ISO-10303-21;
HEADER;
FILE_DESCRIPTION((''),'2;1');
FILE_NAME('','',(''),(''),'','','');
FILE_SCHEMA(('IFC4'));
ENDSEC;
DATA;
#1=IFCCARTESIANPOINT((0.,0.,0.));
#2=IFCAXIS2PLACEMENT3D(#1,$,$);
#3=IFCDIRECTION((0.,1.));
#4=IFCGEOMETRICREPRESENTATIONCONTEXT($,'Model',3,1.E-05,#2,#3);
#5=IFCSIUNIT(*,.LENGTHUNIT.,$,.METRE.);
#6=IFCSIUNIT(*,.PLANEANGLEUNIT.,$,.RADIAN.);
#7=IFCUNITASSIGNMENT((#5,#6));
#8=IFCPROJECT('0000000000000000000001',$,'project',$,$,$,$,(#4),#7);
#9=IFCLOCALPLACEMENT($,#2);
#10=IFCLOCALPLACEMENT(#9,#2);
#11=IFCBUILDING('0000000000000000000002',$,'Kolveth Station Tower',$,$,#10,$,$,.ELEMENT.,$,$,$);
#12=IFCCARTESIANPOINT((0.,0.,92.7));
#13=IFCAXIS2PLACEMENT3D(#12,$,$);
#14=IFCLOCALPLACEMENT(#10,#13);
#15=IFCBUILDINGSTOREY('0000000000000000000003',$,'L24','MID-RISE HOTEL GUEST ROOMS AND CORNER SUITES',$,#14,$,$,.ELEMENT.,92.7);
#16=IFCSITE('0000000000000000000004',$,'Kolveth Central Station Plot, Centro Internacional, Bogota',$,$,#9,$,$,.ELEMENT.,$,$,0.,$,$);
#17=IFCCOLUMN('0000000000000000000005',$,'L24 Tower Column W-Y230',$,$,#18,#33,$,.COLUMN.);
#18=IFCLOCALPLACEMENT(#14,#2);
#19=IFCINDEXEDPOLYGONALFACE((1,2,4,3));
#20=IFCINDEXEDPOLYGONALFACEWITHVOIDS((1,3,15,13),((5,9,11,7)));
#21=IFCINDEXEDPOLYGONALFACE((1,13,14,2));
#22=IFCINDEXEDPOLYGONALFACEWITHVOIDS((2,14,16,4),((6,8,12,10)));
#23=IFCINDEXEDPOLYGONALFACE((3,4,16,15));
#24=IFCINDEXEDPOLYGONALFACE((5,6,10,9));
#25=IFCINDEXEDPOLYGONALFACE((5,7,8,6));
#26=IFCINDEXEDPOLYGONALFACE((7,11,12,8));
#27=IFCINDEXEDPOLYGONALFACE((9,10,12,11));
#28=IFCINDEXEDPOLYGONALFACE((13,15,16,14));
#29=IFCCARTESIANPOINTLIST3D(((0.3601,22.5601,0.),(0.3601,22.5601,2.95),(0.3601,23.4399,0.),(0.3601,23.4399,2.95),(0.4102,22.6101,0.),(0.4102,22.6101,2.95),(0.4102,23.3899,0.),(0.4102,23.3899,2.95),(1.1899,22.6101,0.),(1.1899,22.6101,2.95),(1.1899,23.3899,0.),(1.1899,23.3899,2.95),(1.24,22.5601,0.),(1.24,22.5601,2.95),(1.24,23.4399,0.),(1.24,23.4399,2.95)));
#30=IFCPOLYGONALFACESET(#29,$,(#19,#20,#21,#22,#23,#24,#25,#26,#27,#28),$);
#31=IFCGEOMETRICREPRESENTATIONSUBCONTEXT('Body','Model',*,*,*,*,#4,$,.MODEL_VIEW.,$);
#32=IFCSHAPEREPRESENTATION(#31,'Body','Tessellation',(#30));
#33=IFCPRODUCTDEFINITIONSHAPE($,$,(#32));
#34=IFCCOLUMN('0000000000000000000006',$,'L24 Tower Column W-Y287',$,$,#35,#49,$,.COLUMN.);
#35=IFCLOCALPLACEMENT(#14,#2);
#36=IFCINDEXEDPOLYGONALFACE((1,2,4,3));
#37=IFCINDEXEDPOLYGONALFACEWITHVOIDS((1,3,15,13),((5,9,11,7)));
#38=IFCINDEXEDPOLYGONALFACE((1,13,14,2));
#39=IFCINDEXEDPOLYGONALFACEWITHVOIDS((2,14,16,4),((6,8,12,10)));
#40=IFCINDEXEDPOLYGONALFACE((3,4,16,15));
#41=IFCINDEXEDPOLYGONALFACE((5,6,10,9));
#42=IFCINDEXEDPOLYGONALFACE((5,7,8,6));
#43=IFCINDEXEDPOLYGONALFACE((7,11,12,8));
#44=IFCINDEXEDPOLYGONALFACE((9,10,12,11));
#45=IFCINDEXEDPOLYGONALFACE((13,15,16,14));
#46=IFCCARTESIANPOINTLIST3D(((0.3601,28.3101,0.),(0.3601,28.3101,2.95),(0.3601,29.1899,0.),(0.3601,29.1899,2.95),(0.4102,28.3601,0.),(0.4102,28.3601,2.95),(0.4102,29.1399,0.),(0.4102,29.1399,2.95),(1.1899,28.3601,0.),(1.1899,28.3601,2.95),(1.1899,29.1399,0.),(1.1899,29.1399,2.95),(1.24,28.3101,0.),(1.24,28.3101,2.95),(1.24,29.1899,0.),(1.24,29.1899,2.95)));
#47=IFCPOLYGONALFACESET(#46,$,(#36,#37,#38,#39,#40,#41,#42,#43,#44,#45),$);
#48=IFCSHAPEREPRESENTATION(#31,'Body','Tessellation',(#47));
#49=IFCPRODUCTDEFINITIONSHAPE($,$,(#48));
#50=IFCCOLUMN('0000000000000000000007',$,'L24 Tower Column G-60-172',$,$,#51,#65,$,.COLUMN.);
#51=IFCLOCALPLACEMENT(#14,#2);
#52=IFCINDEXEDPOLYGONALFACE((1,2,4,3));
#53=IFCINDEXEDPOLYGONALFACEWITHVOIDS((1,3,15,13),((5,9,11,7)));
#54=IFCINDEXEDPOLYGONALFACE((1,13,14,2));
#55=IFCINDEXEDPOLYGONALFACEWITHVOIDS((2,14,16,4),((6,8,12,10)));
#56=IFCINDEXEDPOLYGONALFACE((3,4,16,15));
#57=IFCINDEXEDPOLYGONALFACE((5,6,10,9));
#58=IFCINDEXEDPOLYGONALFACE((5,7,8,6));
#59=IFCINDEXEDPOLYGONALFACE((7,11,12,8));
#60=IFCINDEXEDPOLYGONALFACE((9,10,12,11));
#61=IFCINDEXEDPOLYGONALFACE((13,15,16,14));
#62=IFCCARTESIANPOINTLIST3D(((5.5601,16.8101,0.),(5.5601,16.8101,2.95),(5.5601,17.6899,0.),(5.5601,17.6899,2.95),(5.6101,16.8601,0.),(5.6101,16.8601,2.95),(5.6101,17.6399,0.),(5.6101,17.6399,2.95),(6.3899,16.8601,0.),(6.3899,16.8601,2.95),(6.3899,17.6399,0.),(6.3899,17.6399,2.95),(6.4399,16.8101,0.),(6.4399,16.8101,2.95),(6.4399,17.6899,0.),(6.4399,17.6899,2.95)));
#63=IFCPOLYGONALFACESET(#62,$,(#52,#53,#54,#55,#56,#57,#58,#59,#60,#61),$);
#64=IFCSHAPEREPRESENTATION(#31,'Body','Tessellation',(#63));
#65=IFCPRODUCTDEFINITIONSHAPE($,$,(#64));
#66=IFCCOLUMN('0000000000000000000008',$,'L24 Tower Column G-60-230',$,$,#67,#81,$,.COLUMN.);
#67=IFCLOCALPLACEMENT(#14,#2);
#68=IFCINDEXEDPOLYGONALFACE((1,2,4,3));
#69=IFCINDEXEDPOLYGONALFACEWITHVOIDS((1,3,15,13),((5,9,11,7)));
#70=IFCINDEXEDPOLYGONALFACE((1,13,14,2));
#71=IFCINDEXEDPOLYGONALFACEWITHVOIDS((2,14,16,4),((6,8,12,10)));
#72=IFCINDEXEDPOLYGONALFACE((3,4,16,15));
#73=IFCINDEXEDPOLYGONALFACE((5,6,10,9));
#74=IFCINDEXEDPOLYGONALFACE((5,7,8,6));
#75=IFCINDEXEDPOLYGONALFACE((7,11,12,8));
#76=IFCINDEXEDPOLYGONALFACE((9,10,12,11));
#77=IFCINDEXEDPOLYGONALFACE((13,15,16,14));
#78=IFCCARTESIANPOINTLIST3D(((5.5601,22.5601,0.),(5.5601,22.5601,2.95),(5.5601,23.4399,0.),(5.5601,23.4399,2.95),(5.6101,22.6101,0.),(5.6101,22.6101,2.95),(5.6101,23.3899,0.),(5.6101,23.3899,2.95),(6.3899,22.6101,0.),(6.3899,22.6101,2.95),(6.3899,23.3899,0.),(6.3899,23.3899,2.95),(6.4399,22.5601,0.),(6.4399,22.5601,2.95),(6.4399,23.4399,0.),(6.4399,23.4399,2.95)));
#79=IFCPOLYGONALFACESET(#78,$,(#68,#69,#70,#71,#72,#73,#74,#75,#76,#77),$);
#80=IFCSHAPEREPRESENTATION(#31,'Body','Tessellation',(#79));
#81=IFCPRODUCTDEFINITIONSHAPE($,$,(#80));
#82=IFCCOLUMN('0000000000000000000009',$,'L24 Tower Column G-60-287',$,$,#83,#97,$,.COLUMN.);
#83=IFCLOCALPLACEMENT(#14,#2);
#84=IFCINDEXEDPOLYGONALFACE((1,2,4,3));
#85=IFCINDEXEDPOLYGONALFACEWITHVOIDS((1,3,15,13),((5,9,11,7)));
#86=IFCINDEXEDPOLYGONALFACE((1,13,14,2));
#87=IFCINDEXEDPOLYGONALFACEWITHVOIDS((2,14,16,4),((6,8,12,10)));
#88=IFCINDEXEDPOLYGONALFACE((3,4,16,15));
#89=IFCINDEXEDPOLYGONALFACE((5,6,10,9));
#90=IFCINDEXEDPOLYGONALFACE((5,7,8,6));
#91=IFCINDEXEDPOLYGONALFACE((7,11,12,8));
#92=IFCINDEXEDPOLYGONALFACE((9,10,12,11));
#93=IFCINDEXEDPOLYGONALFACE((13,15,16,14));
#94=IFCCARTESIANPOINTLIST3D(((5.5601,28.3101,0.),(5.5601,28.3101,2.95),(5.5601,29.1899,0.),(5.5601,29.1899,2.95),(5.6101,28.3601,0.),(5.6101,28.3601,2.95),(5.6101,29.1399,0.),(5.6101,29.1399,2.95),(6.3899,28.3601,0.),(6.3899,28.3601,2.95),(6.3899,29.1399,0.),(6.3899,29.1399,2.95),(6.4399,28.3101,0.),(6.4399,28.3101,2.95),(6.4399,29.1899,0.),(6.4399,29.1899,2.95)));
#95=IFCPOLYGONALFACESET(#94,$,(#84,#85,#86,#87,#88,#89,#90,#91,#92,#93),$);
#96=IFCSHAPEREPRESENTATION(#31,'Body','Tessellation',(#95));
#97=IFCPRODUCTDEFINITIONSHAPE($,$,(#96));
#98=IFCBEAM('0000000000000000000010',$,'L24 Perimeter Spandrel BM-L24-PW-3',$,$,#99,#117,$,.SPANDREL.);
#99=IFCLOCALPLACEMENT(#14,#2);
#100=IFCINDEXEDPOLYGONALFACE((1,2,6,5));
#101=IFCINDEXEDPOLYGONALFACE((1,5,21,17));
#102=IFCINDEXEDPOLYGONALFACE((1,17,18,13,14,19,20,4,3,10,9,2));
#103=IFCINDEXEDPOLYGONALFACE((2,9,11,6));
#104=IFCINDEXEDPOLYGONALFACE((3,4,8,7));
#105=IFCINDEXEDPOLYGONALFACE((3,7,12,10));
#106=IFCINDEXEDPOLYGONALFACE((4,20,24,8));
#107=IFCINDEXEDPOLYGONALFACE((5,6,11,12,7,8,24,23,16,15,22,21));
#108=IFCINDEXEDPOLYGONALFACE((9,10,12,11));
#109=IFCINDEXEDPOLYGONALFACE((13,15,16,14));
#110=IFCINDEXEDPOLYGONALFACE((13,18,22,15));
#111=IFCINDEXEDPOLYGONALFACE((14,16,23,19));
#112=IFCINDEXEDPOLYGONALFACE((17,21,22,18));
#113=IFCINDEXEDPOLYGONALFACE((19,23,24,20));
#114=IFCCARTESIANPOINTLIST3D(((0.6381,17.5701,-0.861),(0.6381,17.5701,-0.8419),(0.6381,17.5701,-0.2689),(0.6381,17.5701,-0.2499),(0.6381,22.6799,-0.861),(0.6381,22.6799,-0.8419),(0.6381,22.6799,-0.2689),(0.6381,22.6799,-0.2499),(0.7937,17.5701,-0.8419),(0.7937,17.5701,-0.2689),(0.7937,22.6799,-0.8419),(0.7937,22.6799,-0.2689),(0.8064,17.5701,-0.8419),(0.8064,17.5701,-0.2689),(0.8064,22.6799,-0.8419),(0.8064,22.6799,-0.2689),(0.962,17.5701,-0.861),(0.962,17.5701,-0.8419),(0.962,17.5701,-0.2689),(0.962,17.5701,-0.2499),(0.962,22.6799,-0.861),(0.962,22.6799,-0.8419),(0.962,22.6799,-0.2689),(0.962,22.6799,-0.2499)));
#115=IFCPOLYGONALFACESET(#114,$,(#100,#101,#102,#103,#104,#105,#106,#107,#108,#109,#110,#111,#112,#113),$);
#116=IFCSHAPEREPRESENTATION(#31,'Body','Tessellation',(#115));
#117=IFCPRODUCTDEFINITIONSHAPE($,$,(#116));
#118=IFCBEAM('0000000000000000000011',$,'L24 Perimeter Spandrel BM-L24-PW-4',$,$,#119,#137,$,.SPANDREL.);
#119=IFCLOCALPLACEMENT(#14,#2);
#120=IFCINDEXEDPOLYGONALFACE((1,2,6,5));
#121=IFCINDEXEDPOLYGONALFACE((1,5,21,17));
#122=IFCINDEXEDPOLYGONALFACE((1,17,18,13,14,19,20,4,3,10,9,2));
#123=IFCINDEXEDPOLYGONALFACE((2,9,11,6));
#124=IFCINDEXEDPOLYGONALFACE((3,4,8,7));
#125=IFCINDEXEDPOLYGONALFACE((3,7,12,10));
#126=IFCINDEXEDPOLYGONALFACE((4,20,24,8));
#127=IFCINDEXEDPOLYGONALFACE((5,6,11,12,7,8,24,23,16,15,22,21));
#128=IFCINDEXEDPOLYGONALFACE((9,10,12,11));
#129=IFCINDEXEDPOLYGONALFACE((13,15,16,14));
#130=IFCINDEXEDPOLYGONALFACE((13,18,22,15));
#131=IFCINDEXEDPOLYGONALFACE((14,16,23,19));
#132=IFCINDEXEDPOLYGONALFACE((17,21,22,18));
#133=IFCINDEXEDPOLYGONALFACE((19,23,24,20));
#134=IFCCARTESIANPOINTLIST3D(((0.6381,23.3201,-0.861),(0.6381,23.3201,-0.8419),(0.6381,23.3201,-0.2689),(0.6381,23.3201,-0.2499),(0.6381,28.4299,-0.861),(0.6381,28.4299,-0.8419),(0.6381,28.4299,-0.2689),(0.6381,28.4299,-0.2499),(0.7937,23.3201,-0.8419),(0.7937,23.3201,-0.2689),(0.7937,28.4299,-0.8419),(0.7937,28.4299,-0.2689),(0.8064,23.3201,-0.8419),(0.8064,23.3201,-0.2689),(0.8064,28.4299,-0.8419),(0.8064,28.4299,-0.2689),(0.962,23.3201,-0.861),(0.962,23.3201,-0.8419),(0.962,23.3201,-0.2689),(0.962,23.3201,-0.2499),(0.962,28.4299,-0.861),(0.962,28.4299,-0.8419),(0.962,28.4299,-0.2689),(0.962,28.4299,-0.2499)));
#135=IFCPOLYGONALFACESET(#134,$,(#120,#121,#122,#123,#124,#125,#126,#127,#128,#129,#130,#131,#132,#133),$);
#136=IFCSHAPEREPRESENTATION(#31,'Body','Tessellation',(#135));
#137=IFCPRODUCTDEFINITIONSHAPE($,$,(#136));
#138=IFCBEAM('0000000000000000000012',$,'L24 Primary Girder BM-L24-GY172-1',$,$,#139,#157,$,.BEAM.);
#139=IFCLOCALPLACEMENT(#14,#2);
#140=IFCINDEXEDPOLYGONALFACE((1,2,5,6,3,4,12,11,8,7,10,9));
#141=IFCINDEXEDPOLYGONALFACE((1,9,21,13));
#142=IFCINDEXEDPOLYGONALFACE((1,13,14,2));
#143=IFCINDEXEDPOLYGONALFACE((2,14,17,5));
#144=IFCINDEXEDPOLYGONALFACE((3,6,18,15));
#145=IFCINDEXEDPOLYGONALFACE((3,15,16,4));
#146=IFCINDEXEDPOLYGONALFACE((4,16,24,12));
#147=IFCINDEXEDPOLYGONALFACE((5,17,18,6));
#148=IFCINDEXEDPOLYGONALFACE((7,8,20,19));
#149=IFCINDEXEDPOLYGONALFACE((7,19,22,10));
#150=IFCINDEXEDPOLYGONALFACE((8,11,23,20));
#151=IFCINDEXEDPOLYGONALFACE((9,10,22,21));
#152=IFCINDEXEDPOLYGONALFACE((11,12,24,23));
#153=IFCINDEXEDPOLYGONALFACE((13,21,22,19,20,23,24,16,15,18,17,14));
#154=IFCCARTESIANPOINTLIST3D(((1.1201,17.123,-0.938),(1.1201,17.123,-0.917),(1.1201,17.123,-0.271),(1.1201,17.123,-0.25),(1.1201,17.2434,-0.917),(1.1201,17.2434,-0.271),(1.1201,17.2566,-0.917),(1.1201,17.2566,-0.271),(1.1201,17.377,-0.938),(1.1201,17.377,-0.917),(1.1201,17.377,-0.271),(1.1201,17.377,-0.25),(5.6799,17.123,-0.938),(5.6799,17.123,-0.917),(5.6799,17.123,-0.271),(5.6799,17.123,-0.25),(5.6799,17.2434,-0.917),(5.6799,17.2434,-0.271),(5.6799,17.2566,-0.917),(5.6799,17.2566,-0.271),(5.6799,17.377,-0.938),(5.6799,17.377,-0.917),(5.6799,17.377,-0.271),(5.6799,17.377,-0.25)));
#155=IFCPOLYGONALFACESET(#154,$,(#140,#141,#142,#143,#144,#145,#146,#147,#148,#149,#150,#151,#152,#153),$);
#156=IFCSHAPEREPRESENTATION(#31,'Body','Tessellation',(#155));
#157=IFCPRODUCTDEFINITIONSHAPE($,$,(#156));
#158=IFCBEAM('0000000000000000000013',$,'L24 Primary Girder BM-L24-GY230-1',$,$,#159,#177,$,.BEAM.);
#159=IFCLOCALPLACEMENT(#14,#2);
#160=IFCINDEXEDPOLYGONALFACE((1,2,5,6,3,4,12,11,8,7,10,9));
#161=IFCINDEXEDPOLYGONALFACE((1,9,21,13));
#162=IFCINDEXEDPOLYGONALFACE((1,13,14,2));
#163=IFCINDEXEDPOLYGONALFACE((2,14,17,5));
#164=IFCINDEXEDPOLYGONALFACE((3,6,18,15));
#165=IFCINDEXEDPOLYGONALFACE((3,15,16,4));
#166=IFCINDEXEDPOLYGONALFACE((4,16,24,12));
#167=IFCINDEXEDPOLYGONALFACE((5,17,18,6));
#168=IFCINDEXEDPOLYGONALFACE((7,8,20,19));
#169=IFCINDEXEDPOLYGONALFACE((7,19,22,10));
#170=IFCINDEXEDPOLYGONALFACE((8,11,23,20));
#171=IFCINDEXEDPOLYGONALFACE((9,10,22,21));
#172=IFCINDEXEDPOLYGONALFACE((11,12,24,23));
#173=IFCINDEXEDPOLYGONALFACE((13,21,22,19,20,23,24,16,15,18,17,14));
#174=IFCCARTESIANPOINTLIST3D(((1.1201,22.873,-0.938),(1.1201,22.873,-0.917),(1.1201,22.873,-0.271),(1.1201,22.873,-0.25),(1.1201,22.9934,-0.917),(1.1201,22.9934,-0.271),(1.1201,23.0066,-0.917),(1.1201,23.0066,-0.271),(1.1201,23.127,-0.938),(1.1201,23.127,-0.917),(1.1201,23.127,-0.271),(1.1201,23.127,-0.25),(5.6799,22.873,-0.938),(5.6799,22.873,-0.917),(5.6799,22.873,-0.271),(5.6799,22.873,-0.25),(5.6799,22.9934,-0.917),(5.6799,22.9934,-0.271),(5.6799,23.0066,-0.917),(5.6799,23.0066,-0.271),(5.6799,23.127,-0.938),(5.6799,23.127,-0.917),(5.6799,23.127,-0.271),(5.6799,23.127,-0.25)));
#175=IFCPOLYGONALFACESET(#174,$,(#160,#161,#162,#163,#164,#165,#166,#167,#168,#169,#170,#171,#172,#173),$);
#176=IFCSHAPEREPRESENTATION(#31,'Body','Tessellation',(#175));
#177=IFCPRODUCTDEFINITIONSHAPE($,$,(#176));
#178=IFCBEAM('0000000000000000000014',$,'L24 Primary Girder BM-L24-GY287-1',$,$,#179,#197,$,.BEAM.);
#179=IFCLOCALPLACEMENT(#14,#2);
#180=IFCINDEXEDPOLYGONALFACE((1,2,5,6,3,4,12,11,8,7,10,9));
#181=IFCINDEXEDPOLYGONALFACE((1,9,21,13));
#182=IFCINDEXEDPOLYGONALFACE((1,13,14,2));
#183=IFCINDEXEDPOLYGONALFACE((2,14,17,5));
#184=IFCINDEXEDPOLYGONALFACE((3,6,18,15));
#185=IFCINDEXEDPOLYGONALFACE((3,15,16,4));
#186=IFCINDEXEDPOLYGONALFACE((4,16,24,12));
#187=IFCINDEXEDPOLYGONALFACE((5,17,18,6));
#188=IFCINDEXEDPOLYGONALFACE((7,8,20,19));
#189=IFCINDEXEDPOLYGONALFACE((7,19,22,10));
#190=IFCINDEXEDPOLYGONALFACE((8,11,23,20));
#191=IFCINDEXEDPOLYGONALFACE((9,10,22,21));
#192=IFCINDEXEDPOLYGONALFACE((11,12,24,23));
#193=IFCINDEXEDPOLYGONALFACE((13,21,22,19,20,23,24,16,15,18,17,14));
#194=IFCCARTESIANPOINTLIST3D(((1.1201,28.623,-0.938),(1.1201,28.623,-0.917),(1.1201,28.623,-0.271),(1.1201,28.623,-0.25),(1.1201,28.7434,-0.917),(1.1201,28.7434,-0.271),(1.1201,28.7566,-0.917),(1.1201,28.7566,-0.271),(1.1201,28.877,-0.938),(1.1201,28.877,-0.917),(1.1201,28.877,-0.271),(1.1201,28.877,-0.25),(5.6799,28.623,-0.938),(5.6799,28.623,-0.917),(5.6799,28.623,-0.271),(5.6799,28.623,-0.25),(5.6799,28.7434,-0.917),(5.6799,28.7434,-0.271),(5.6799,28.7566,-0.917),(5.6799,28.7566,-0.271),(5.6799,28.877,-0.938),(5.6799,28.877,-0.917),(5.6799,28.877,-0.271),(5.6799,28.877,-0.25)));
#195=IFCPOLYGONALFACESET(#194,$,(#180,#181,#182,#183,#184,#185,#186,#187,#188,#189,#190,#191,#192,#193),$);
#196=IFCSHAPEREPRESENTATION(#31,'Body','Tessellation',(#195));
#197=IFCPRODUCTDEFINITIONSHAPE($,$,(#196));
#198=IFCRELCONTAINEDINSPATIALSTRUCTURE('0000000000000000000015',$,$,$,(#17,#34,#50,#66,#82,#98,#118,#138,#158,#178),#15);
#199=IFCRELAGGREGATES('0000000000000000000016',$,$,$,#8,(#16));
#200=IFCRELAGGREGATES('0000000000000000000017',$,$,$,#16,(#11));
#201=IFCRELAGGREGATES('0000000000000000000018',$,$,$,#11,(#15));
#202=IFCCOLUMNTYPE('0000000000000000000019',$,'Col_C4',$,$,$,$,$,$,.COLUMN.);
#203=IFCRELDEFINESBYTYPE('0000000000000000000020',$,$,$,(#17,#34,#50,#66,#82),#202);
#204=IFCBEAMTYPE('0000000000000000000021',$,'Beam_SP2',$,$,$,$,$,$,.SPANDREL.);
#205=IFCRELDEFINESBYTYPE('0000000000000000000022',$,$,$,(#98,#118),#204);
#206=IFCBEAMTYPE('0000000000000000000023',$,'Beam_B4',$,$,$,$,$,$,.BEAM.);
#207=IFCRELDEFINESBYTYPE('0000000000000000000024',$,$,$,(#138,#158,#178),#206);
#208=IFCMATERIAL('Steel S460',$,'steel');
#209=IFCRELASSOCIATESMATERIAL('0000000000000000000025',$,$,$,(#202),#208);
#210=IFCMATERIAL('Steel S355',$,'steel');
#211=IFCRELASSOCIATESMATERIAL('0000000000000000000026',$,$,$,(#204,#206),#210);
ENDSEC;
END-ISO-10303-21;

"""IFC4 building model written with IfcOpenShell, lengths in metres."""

from ifc_helpers import new_model, si_unit, direction, frame, origin, origin_2d, place, context, subcontext, project, spatial, hollow_rectangle, i_section, extrude, source, transform, mapped, material, material_profile, profile_set, type_object, element, save


model = new_model("IFC4")

# Units and contexts
model_context = context("Model", 3, precision=1e-05, world=origin(), true_north=direction((0.0, 1.0)))
body_context = subcontext(model_context, "Body", "Model", "MODEL_VIEW")
ifc_project = project(units=[si_unit("LENGTHUNIT", "METRE"), si_unit("PLANEANGLEUNIT", "RADIAN")], contexts=[model_context])

# Site, building, storey
site_placement = place(None, origin())
site = spatial("IfcSite", under=ifc_project, at=site_placement, Name="Kolveth Central Station Plot, Centro Internacional, Bogota", CompositionType="ELEMENT", RefElevation=0.0)
building_placement = place(site_placement, origin())
building = spatial("IfcBuilding", under=site, at=building_placement, Name="Kolveth Station Tower", CompositionType="ELEMENT")
storey_placement = place(building_placement, frame((0.0, 0.0, 92.7)))
storey = spatial("IfcBuildingStorey", under=building, at=storey_placement, Name="L24", Description="MID-RISE HOTEL GUEST ROOMS AND CORNER SUITES", CompositionType="ELEMENT", Elevation=92.7)

# Columns
ifc_material_1 = material(Name="Steel S460", Category="steel")
ifc_material_profile_1 = material_profile(ifc_material_1, hollow_rectangle(XDim=0.8799, YDim=0.8799, WallThickness=0.05, at=origin_2d()), Name="BOX880x880x50")
ifc_profile_set_1 = profile_set([ifc_material_profile_1], Name="Steel S460")
column_type = type_object("IfcColumnType", Name="Col_C4", PredefinedType="COLUMN", material=ifc_profile_set_1)
shared_shape_1 = source(origin(), body_context, "Body", "SweptSolid", [
    extrude(hollow_rectangle(XDim=0.8799, YDim=0.8799, WallThickness=0.05, at=origin_2d()), origin(), (0.0, 0.0, 1.0), 2.95),
])
for number, where, z_axis, x_axis, name in (
    (1, (0.8, 23.0, 0.0), (0.0, 0.0, 1.0), (1.0, 0.0, 0.0), "L24 Tower Column W-Y230"),
    (2, (0.8, 28.75, 0.0), (0.0, 0.0, 1.0), (1.0, 0.0, 0.0), "L24 Tower Column W-Y287"),
    (3, (6.0, 17.25, 0.0), (0.0, 0.0, 1.0), (1.0, 0.0, 0.0), "L24 Tower Column G-60-172"),
    (4, (6.0, 23.0, 0.0), (0.0, 0.0, 1.0), (1.0, 0.0, 0.0), "L24 Tower Column G-60-230"),
    (5, (6.0, 28.75, 0.0), (0.0, 0.0, 1.0), (1.0, 0.0, 0.0), "L24 Tower Column G-60-287"),
):
    element("IfcColumn", number, at=place(storey_placement, frame(where, z_axis=z_axis, x_axis=x_axis)), inside=storey, type_object=column_type, Name=name, PredefinedType="COLUMN", context=body_context, shape_type="MappedRepresentation", body=[
        mapped(shared_shape_1, transform((0.0, 0.0, 0.0), x_axis=(1.0, 0.0, 0.0), y_axis=(0.0, 1.0, 0.0), z_axis=(0.0, 0.0, 1.0), scale=1.0)),
    ])

# Beams
ifc_material_2 = material(Name="Steel S355", Category="steel")
ifc_material_profile_2 = material_profile(ifc_material_2, i_section(OverallWidth=0.324, OverallDepth=0.6111, WebThickness=0.0127, FlangeThickness=0.019, at=origin_2d()), Name="W610x155")
ifc_profile_set_2 = profile_set([ifc_material_profile_2], Name="Steel S355")
beam_type_1 = type_object("IfcBeamType", Name="Beam_SP2", PredefinedType="SPANDREL", material=ifc_profile_set_2)
shared_shape_2 = source(origin(), body_context, "Body", "SweptSolid", [
    extrude(i_section(OverallWidth=0.324, OverallDepth=0.6111, WebThickness=0.0127, FlangeThickness=0.019, at=origin_2d()), origin(), (0.0, 0.0, 1.0), 5.1099),
])
for number, where, z_axis, x_axis, name in (
    (6, (0.8, 17.5701, -0.5554), (0.0, 1.0, 0.0), (-1.0, 0.0, 0.0), "L24 Perimeter Spandrel BM-L24-PW-3"),
    (7, (0.8, 23.3201, -0.5554), (0.0, 1.0, 0.0), (-1.0, 0.0, 0.0), "L24 Perimeter Spandrel BM-L24-PW-4"),
):
    element("IfcBeam", number, at=place(storey_placement, frame(where, z_axis=z_axis, x_axis=x_axis)), inside=storey, type_object=beam_type_1, Name=name, PredefinedType="SPANDREL", context=body_context, shape_type="MappedRepresentation", body=[
        mapped(shared_shape_2, transform((0.0, 0.0, 0.0), x_axis=(1.0, 0.0, 0.0), y_axis=(0.0, 1.0, 0.0), z_axis=(0.0, 0.0, 1.0), scale=1.0)),
    ])
ifc_material_profile_3 = material_profile(ifc_material_2, i_section(OverallWidth=0.2539, OverallDepth=0.688, WebThickness=0.0132, FlangeThickness=0.021, at=origin_2d()), Name="W690x152")
ifc_profile_set_3 = profile_set([ifc_material_profile_3], Name="Steel S355")
beam_type_2 = type_object("IfcBeamType", Name="Beam_B4", PredefinedType="BEAM", material=ifc_profile_set_3)
shared_shape_3 = source(origin(), body_context, "Body", "SweptSolid", [
    extrude(i_section(OverallWidth=0.2539, OverallDepth=0.688, WebThickness=0.0132, FlangeThickness=0.021, at=origin_2d()), origin(), (0.0, 0.0, 1.0), 4.5598),
])
for number, where, z_axis, x_axis, name in (
    (8, (1.1201, 17.25, -0.594), (1.0, 0.0, 0.0), (0.0, 1.0, 0.0), "L24 Primary Girder BM-L24-GY172-1"),
    (9, (1.1201, 23.0, -0.594), (1.0, 0.0, 0.0), (0.0, 1.0, 0.0), "L24 Primary Girder BM-L24-GY230-1"),
    (10, (1.1201, 28.75, -0.594), (1.0, 0.0, 0.0), (0.0, 1.0, 0.0), "L24 Primary Girder BM-L24-GY287-1"),
):
    element("IfcBeam", number, at=place(storey_placement, frame(where, z_axis=z_axis, x_axis=x_axis)), inside=storey, type_object=beam_type_2, Name=name, PredefinedType="BEAM", context=body_context, shape_type="MappedRepresentation", body=[
        mapped(shared_shape_3, transform((0.0, 0.0, 0.0), x_axis=(1.0, 0.0, 0.0), y_axis=(0.0, 1.0, 0.0), z_axis=(0.0, 0.0, 1.0), scale=1.0)),
    ])

save(model, "model.ifc")
